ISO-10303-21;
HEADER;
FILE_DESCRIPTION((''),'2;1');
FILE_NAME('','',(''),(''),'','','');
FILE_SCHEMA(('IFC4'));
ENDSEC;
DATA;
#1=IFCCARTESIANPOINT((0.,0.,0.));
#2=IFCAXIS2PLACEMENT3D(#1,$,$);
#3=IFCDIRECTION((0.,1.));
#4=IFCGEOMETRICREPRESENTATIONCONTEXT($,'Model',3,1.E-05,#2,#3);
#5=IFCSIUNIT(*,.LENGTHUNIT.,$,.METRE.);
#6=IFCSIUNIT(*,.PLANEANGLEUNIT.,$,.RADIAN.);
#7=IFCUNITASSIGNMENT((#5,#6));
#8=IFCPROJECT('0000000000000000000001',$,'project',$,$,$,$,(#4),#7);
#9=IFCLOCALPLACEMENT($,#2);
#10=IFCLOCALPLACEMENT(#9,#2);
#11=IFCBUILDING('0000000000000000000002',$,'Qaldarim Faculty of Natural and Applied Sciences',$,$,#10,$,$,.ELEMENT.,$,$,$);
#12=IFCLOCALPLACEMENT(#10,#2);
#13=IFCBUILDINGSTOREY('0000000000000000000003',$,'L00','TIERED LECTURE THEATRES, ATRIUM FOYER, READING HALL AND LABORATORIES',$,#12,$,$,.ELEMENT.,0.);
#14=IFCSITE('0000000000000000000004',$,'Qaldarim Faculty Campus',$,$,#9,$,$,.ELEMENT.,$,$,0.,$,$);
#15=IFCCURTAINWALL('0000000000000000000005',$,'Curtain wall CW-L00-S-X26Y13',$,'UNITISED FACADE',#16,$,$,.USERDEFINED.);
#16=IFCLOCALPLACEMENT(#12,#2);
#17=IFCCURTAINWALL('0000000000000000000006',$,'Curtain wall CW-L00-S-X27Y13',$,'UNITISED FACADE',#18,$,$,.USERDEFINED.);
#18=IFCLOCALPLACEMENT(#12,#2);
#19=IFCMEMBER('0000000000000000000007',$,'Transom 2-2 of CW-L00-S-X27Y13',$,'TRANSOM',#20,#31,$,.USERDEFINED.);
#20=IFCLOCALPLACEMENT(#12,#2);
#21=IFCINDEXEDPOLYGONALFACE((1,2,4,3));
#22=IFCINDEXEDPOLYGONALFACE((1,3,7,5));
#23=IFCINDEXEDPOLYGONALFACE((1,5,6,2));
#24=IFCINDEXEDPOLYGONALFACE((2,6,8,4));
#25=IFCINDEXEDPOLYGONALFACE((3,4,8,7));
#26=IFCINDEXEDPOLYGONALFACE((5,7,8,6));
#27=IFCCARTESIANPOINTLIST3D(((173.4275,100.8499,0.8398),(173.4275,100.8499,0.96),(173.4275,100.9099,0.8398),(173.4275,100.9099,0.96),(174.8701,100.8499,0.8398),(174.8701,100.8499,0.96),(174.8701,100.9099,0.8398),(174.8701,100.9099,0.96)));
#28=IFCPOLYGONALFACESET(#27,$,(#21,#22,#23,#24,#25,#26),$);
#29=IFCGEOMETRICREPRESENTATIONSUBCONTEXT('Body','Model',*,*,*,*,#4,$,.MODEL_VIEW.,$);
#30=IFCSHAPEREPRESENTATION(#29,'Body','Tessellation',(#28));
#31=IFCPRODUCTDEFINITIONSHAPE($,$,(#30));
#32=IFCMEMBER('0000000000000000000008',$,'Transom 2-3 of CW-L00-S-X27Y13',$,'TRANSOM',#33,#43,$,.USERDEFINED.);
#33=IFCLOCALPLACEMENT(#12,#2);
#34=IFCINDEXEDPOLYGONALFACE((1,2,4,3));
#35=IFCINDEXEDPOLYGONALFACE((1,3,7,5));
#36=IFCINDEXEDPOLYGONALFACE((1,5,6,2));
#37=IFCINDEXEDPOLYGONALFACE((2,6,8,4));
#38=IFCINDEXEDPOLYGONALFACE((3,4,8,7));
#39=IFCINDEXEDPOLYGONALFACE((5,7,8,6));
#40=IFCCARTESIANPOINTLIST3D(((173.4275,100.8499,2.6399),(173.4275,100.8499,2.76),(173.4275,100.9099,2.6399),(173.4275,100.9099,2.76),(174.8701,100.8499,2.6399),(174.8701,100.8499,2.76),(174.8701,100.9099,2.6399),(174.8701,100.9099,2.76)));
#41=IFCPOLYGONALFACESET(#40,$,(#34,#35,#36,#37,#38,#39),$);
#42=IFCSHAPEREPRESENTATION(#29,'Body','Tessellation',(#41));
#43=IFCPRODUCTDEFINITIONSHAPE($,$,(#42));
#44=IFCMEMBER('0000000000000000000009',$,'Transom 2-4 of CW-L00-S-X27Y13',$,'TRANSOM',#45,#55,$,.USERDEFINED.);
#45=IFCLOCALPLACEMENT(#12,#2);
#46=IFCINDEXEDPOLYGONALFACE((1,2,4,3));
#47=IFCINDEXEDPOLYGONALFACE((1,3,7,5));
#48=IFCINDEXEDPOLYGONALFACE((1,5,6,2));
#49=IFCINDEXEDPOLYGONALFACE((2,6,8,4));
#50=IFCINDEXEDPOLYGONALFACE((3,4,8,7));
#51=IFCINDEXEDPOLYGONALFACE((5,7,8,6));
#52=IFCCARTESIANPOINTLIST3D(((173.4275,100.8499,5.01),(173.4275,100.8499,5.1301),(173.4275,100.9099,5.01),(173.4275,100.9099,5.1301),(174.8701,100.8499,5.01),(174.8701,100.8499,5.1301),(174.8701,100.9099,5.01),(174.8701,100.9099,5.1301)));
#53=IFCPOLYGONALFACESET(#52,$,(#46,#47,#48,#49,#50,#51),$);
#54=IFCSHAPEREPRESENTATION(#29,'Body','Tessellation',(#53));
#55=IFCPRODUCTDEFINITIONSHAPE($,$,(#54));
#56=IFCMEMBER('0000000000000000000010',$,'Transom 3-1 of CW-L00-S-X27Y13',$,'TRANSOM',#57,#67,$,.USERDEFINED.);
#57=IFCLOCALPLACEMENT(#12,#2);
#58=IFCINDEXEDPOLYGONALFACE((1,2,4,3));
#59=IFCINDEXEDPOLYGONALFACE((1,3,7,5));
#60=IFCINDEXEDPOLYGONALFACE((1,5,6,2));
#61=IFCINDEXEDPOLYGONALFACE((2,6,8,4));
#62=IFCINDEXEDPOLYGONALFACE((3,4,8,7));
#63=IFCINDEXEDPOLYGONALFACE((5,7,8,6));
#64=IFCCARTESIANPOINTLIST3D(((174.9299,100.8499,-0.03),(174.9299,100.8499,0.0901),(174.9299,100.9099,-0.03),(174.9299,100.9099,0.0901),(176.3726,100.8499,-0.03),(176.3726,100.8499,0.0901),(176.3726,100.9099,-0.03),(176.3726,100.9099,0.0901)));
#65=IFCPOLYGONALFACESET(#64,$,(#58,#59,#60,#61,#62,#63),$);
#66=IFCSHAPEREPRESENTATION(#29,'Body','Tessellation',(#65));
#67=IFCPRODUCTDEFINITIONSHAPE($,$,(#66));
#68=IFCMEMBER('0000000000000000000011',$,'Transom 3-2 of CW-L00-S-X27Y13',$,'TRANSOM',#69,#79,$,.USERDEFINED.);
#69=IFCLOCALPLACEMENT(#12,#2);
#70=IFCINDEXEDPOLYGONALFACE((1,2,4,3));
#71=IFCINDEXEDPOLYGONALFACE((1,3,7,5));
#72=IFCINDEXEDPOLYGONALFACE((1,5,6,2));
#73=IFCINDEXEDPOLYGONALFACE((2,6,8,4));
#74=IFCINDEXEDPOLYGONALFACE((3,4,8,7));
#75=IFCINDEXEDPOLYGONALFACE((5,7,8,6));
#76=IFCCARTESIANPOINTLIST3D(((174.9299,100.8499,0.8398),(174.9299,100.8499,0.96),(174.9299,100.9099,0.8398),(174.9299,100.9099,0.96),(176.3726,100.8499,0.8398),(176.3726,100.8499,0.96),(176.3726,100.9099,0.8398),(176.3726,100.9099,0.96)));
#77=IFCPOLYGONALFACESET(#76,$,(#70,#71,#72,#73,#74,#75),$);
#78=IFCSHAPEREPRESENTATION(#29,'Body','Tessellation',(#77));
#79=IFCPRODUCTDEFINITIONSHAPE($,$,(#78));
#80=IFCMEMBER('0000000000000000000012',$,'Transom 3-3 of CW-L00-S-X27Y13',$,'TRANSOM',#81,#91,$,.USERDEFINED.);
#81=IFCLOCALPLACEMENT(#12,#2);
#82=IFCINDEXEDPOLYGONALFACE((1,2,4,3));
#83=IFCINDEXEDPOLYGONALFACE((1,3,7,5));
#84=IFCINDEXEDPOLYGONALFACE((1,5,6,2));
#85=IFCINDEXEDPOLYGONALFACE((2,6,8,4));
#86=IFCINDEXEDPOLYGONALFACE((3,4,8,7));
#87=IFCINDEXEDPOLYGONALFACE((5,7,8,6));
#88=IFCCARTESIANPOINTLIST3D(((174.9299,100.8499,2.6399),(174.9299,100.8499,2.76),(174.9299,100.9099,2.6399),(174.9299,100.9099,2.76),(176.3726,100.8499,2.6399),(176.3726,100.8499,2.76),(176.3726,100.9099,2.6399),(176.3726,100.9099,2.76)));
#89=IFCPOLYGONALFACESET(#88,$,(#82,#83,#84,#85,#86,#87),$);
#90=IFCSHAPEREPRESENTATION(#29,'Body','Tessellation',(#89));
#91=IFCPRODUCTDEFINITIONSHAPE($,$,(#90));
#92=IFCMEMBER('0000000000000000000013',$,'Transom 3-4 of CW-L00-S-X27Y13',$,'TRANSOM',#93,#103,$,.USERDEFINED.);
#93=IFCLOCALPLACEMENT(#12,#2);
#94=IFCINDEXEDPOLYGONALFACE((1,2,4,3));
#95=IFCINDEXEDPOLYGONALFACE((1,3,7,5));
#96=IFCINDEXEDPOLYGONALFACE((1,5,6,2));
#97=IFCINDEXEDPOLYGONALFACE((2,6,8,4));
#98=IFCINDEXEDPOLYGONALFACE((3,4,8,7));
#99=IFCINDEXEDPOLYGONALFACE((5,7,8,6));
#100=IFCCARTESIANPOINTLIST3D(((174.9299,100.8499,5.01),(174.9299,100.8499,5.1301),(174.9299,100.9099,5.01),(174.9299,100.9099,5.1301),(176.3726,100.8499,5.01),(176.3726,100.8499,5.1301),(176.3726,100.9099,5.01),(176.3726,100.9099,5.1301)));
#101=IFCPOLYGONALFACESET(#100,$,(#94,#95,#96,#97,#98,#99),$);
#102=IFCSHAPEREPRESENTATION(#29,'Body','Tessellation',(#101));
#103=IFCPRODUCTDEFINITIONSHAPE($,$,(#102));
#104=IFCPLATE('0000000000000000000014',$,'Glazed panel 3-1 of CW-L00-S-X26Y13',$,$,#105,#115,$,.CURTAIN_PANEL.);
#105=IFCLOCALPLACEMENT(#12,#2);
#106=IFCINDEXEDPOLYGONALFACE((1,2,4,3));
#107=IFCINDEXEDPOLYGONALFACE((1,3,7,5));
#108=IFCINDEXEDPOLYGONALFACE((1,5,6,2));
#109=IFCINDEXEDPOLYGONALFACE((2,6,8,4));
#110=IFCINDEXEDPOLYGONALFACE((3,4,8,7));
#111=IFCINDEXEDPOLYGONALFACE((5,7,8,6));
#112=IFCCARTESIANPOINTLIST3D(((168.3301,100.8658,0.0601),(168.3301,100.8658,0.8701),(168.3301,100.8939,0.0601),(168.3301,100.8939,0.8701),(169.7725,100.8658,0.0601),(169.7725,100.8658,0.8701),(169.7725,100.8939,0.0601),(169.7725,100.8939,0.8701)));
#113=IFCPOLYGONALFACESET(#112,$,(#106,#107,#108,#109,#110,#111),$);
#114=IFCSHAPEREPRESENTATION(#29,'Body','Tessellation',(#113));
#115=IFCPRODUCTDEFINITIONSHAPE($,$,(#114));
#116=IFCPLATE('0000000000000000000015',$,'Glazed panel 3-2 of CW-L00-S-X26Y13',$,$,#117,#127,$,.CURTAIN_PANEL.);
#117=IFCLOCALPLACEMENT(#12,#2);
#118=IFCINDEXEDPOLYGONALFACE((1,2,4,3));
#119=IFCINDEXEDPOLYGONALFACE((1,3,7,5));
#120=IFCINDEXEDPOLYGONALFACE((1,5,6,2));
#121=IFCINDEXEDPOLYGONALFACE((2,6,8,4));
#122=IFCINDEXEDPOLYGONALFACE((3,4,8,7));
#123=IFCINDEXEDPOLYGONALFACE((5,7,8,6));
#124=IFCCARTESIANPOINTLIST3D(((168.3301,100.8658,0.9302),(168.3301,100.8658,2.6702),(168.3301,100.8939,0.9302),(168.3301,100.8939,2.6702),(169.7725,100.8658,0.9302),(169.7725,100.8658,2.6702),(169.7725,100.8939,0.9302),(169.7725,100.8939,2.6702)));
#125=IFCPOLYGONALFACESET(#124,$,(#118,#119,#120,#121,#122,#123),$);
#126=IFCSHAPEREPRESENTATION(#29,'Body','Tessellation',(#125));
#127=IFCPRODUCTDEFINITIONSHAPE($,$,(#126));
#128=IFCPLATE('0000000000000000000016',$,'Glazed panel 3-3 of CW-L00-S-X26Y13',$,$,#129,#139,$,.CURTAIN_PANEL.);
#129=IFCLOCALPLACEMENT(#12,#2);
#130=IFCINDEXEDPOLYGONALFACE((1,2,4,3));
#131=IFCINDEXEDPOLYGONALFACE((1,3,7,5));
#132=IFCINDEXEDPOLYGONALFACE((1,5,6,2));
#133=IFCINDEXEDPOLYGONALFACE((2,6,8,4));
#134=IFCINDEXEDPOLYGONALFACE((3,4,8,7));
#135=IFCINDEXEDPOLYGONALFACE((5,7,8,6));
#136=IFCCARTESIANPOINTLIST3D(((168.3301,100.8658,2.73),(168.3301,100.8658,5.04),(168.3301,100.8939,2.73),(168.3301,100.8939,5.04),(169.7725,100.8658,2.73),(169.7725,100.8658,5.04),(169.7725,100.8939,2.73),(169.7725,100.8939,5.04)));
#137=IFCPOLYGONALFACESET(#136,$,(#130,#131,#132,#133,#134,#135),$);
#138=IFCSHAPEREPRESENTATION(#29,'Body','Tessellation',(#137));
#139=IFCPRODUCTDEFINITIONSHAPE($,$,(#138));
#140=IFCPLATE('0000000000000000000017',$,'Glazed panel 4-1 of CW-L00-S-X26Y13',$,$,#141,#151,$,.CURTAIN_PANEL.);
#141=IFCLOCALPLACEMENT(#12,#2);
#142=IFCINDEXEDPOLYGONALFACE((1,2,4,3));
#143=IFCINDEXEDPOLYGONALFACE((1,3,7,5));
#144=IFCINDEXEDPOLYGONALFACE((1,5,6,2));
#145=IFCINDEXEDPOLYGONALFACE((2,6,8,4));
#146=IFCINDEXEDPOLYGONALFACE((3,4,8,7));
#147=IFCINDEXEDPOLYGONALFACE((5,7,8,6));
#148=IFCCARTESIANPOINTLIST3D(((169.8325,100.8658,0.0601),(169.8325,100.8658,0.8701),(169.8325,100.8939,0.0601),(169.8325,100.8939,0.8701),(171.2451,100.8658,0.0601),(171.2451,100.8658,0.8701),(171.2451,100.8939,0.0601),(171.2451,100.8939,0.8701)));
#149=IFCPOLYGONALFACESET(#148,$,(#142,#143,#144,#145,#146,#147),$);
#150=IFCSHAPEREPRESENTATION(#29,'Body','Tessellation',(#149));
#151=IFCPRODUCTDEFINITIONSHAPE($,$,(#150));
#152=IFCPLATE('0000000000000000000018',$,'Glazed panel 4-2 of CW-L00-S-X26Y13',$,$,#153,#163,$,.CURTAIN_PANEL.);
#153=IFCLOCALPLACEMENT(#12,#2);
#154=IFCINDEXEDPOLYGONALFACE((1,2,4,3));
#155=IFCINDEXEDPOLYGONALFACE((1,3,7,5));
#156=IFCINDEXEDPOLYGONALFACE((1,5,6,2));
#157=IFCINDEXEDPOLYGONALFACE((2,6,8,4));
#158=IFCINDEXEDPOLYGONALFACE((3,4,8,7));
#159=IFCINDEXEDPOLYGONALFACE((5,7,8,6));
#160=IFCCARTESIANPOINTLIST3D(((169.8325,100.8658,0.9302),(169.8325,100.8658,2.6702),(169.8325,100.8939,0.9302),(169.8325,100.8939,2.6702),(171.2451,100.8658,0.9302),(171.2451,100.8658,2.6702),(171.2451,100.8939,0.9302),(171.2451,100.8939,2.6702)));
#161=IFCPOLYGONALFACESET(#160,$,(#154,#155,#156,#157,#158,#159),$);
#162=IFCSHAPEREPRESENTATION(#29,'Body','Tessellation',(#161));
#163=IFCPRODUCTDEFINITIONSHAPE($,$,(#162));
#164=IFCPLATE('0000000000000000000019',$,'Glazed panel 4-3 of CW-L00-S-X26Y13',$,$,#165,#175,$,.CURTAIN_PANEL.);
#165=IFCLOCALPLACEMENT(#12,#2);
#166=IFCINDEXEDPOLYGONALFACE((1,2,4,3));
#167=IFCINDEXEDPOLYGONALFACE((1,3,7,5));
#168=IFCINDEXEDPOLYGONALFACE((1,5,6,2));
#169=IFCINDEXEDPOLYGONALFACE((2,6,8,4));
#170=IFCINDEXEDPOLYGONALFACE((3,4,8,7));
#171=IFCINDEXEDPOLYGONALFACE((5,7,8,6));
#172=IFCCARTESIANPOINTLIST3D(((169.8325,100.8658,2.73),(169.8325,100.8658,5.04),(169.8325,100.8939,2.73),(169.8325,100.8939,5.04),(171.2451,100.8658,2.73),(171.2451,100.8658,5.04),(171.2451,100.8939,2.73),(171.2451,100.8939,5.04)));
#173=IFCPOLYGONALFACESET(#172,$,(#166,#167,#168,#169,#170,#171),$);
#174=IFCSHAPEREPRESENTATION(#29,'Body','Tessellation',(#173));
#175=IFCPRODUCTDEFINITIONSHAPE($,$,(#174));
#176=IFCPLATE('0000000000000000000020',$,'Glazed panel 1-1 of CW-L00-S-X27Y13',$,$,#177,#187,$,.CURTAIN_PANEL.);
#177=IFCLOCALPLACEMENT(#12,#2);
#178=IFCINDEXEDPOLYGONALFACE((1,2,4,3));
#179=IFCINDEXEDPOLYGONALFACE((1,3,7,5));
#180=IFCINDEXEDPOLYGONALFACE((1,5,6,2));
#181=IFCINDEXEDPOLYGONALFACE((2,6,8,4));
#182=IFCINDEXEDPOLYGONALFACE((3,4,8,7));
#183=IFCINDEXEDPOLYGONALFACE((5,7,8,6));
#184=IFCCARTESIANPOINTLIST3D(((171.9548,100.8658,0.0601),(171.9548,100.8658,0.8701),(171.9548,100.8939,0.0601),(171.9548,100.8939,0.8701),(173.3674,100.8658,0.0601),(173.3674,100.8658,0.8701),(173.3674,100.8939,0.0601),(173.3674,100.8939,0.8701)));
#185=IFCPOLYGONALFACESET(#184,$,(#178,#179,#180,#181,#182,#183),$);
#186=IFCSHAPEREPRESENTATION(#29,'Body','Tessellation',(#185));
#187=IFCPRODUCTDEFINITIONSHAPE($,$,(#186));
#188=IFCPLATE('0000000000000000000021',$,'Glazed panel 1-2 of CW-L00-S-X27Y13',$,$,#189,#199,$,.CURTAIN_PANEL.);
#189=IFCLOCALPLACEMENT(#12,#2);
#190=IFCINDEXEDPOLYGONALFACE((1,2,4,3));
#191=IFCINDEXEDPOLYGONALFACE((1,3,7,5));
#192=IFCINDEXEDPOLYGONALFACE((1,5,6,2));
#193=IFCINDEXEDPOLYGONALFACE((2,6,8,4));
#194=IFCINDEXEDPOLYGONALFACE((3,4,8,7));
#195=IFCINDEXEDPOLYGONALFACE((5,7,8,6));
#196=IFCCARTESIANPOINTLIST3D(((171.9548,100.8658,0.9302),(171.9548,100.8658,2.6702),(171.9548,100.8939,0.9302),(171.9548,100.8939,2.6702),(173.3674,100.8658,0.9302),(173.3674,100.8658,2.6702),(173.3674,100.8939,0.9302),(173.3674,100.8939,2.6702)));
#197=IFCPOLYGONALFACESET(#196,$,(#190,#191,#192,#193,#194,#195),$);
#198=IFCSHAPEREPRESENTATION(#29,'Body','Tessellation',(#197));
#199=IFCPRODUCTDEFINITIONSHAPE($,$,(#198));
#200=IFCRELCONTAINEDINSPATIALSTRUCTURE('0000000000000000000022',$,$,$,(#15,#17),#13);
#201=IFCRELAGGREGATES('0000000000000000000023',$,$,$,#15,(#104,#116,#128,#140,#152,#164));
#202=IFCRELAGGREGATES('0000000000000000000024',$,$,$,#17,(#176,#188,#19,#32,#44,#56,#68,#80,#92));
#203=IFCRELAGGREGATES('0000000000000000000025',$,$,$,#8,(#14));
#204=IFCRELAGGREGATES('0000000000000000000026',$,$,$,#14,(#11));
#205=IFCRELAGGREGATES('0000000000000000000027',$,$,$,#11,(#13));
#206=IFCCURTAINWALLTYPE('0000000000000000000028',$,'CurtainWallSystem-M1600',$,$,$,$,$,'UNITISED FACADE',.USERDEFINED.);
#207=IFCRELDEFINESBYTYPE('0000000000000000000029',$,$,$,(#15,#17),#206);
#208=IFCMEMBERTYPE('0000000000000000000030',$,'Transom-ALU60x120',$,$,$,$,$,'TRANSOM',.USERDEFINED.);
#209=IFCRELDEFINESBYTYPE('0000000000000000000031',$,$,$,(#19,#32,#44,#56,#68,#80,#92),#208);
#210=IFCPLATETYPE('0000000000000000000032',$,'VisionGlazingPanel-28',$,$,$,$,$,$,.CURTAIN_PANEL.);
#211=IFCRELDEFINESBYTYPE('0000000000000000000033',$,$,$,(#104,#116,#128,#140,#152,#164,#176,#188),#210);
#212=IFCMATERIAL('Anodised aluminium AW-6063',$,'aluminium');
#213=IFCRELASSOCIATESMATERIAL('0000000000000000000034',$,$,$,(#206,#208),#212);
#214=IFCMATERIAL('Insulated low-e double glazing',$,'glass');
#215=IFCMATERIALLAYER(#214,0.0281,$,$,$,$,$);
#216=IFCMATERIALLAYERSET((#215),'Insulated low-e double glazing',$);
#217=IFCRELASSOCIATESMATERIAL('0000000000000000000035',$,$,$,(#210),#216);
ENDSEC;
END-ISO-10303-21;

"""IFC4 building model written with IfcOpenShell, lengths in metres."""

from ifc_helpers import new_model, si_unit, direction, frame, origin, origin_2d, place, context, subcontext, project, spatial, rectangle, extrude, material, layer, layer_set, material_profile, profile_set, type_object, element, aggregate, save


model = new_model("IFC4")

# Units and contexts
model_context = context("Model", 3, precision=1e-05, world=origin(), true_north=direction((0.0, 1.0)))
body_context = subcontext(model_context, "Body", "Model", "MODEL_VIEW")
ifc_project = project(units=[si_unit("LENGTHUNIT", "METRE"), si_unit("PLANEANGLEUNIT", "RADIAN")], contexts=[model_context])

# Site, building, storey
site_placement = place(None, origin())
site = spatial("IfcSite", under=ifc_project, at=site_placement, Name="Qaldarim Faculty Campus", CompositionType="ELEMENT", RefElevation=0.0)
building_placement = place(site_placement, origin())
building = spatial("IfcBuilding", under=site, at=building_placement, Name="Qaldarim Faculty of Natural and Applied Sciences", CompositionType="ELEMENT")
storey_placement = place(building_placement, origin())
storey = spatial("IfcBuildingStorey", under=building, at=storey_placement, Name="L00", Description="TIERED LECTURE THEATRES, ATRIUM FOYER, READING HALL AND LABORATORIES", CompositionType="ELEMENT", Elevation=0.0)

# Curtain walls
ifc_material_1 = material(Name="Anodised aluminium AW-6063", Category="aluminium")
curtain_wall_type = type_object("IfcCurtainWallType", Name="CurtainWallSystem-M1600", ElementType="UNITISED FACADE", PredefinedType="USERDEFINED", material=ifc_material_1)
curtain_wall_1_placement = place(storey_placement, origin())
curtain_wall_1 = element("IfcCurtainWall", 1, at=curtain_wall_1_placement, inside=storey, type_object=curtain_wall_type, Name="Curtain wall CW-L00-S-X26Y13", ObjectType="UNITISED FACADE", PredefinedType="USERDEFINED")
curtain_wall_2_placement = place(storey_placement, origin())
curtain_wall_2 = element("IfcCurtainWall", 2, at=curtain_wall_2_placement, inside=storey, type_object=curtain_wall_type, Name="Curtain wall CW-L00-S-X27Y13", ObjectType="UNITISED FACADE", PredefinedType="USERDEFINED")

# Members
ifc_material_profile_1 = material_profile(ifc_material_1, rectangle(XDim=0.0601, YDim=0.1201, at=origin_2d()), Name="ALU-T60x120")
ifc_profile_set_1 = profile_set([ifc_material_profile_1], Name="Anodised aluminium AW-6063")
member_type_1 = type_object("IfcMemberType", Name="Transom-ALU60x120", ElementType="TRANSOM", PredefinedType="USERDEFINED", material=ifc_profile_set_1)
member_1_placement = place(storey_placement, frame((173.4275, 100.8799, 0.8999), z_axis=(1.0, 0.0, 0.0), x_axis=(0.0, 1.0, 0.0)))
member_1 = element("IfcMember", 3, at=member_1_placement, type_object=member_type_1, Name="Transom 2-2 of CW-L00-S-X27Y13", ObjectType="TRANSOM", PredefinedType="USERDEFINED", context=body_context, shape_type="SweptSolid", body=[
    extrude(rectangle(XDim=0.0601, YDim=0.1201, at=origin_2d()), origin(), (0.0, 0.0, 1.0), 1.4426),
])
member_2_placement = place(storey_placement, frame((173.4275, 100.8799, 2.7), z_axis=(1.0, 0.0, 0.0), x_axis=(0.0, 1.0, 0.0)))
member_2 = element("IfcMember", 4, at=member_2_placement, type_object=member_type_1, Name="Transom 2-3 of CW-L00-S-X27Y13", ObjectType="TRANSOM", PredefinedType="USERDEFINED", context=body_context, shape_type="SweptSolid", body=[
    extrude(rectangle(XDim=0.0601, YDim=0.1201, at=origin_2d()), origin(), (0.0, 0.0, 1.0), 1.4426),
])
member_3_placement = place(storey_placement, frame((173.4275, 100.8799, 5.0701), z_axis=(1.0, 0.0, 0.0), x_axis=(0.0, 1.0, 0.0)))
member_3 = element("IfcMember", 5, at=member_3_placement, type_object=member_type_1, Name="Transom 2-4 of CW-L00-S-X27Y13", ObjectType="TRANSOM", PredefinedType="USERDEFINED", context=body_context, shape_type="SweptSolid", body=[
    extrude(rectangle(XDim=0.0601, YDim=0.1201, at=origin_2d()), origin(), (0.0, 0.0, 1.0), 1.4426),
])
member_4_placement = place(storey_placement, frame((174.9299, 100.8799, 0.03), z_axis=(1.0, 0.0, 0.0), x_axis=(0.0, 1.0, 0.0)))
member_4 = element("IfcMember", 6, at=member_4_placement, type_object=member_type_1, Name="Transom 3-1 of CW-L00-S-X27Y13", ObjectType="TRANSOM", PredefinedType="USERDEFINED", context=body_context, shape_type="SweptSolid", body=[
    extrude(rectangle(XDim=0.0601, YDim=0.1201, at=origin_2d()), origin(), (0.0, 0.0, 1.0), 1.4426),
])
member_5_placement = place(storey_placement, frame((174.9299, 100.8799, 0.8999), z_axis=(1.0, 0.0, 0.0), x_axis=(0.0, 1.0, 0.0)))
member_5 = element("IfcMember", 7, at=member_5_placement, type_object=member_type_1, Name="Transom 3-2 of CW-L00-S-X27Y13", ObjectType="TRANSOM", PredefinedType="USERDEFINED", context=body_context, shape_type="SweptSolid", body=[
    extrude(rectangle(XDim=0.0601, YDim=0.1201, at=origin_2d()), origin(), (0.0, 0.0, 1.0), 1.4426),
])
member_6_placement = place(storey_placement, frame((174.9299, 100.8799, 2.7), z_axis=(1.0, 0.0, 0.0), x_axis=(0.0, 1.0, 0.0)))
member_6 = element("IfcMember", 8, at=member_6_placement, type_object=member_type_1, Name="Transom 3-3 of CW-L00-S-X27Y13", ObjectType="TRANSOM", PredefinedType="USERDEFINED", context=body_context, shape_type="SweptSolid", body=[
    extrude(rectangle(XDim=0.0601, YDim=0.1201, at=origin_2d()), origin(), (0.0, 0.0, 1.0), 1.4426),
])
member_7_placement = place(storey_placement, frame((174.9299, 100.8799, 5.0701), z_axis=(1.0, 0.0, 0.0), x_axis=(0.0, 1.0, 0.0)))
member_7 = element("IfcMember", 9, at=member_7_placement, type_object=member_type_1, Name="Transom 3-4 of CW-L00-S-X27Y13", ObjectType="TRANSOM", PredefinedType="USERDEFINED", context=body_context, shape_type="SweptSolid", body=[
    extrude(rectangle(XDim=0.0601, YDim=0.1201, at=origin_2d()), origin(), (0.0, 0.0, 1.0), 1.4426),
])

# Plates
ifc_material_2 = material(Name="Insulated low-e double glazing", Category="glass")
ifc_layer = layer(ifc_material_2, 0.0281)
ifc_layer_set = layer_set([ifc_layer], Name="Insulated low-e double glazing")
plate_type = type_object("IfcPlateType", Name="VisionGlazingPanel-28", PredefinedType="CURTAIN_PANEL", material=ifc_layer_set)
plate_1_placement = place(storey_placement, frame((169.0513, 100.8799, 0.0601), z_axis=(0.0, 0.0, 1.0), x_axis=(1.0, 0.0, 0.0)))
plate_1 = element("IfcPlate", 10, at=plate_1_placement, type_object=plate_type, Name="Glazed panel 3-1 of CW-L00-S-X26Y13", PredefinedType="CURTAIN_PANEL", context=body_context, shape_type="SweptSolid", body=[
    extrude(rectangle(XDim=1.4424, YDim=0.0281, at=origin_2d()), origin(), (0.0, 0.0, 1.0), 0.8101),
])
plate_2_placement = place(storey_placement, frame((169.0513, 100.8799, 0.9302), z_axis=(0.0, 0.0, 1.0), x_axis=(1.0, 0.0, 0.0)))
plate_2 = element("IfcPlate", 11, at=plate_2_placement, type_object=plate_type, Name="Glazed panel 3-2 of CW-L00-S-X26Y13", PredefinedType="CURTAIN_PANEL", context=body_context, shape_type="SweptSolid", body=[
    extrude(rectangle(XDim=1.4424, YDim=0.0281, at=origin_2d()), origin(), (0.0, 0.0, 1.0), 1.74),
])
plate_3_placement = place(storey_placement, frame((169.0513, 100.8799, 2.73), z_axis=(0.0, 0.0, 1.0), x_axis=(1.0, 0.0, 0.0)))
plate_3 = element("IfcPlate", 12, at=plate_3_placement, type_object=plate_type, Name="Glazed panel 3-3 of CW-L00-S-X26Y13", PredefinedType="CURTAIN_PANEL", context=body_context, shape_type="SweptSolid", body=[
    extrude(rectangle(XDim=1.4424, YDim=0.0281, at=origin_2d()), origin(), (0.0, 0.0, 1.0), 2.3101),
])
plate_4_placement = place(storey_placement, frame((170.5388, 100.8799, 0.0601), z_axis=(0.0, 0.0, 1.0), x_axis=(1.0, 0.0, 0.0)))
plate_4 = element("IfcPlate", 13, at=plate_4_placement, type_object=plate_type, Name="Glazed panel 4-1 of CW-L00-S-X26Y13", PredefinedType="CURTAIN_PANEL", context=body_context, shape_type="SweptSolid", body=[
    extrude(rectangle(XDim=1.4126, YDim=0.0281, at=origin_2d()), origin(), (0.0, 0.0, 1.0), 0.8101),
])
plate_5_placement = place(storey_placement, frame((170.5388, 100.8799, 0.9302), z_axis=(0.0, 0.0, 1.0), x_axis=(1.0, 0.0, 0.0)))
plate_5 = element("IfcPlate", 14, at=plate_5_placement, type_object=plate_type, Name="Glazed panel 4-2 of CW-L00-S-X26Y13", PredefinedType="CURTAIN_PANEL", context=body_context, shape_type="SweptSolid", body=[
    extrude(rectangle(XDim=1.4126, YDim=0.0281, at=origin_2d()), origin(), (0.0, 0.0, 1.0), 1.74),
])
plate_6_placement = place(storey_placement, frame((170.5388, 100.8799, 2.73), z_axis=(0.0, 0.0, 1.0), x_axis=(1.0, 0.0, 0.0)))
plate_6 = element("IfcPlate", 15, at=plate_6_placement, type_object=plate_type, Name="Glazed panel 4-3 of CW-L00-S-X26Y13", PredefinedType="CURTAIN_PANEL", context=body_context, shape_type="SweptSolid", body=[
    extrude(rectangle(XDim=1.4126, YDim=0.0281, at=origin_2d()), origin(), (0.0, 0.0, 1.0), 2.3101),
])
aggregate(curtain_wall_1, [plate_1, plate_2, plate_3, plate_4, plate_5, plate_6])
plate_7_placement = place(storey_placement, frame((172.6611, 100.8799, 0.0601), z_axis=(0.0, 0.0, 1.0), x_axis=(1.0, 0.0, 0.0)))
plate_7 = element("IfcPlate", 16, at=plate_7_placement, type_object=plate_type, Name="Glazed panel 1-1 of CW-L00-S-X27Y13", PredefinedType="CURTAIN_PANEL", context=body_context, shape_type="SweptSolid", body=[
    extrude(rectangle(XDim=1.4126, YDim=0.0281, at=origin_2d()), origin(), (0.0, 0.0, 1.0), 0.8101),
])
plate_8_placement = place(storey_placement, frame((172.6611, 100.8799, 0.9302), z_axis=(0.0, 0.0, 1.0), x_axis=(1.0, 0.0, 0.0)))
plate_8 = element("IfcPlate", 17, at=plate_8_placement, type_object=plate_type, Name="Glazed panel 1-2 of CW-L00-S-X27Y13", PredefinedType="CURTAIN_PANEL", context=body_context, shape_type="SweptSolid", body=[
    extrude(rectangle(XDim=1.4126, YDim=0.0281, at=origin_2d()), origin(), (0.0, 0.0, 1.0), 1.74),
])
aggregate(curtain_wall_2, [plate_7, plate_8, member_1, member_2, member_3, member_4, member_5, member_6, member_7])

save(model, "model.ifc")
